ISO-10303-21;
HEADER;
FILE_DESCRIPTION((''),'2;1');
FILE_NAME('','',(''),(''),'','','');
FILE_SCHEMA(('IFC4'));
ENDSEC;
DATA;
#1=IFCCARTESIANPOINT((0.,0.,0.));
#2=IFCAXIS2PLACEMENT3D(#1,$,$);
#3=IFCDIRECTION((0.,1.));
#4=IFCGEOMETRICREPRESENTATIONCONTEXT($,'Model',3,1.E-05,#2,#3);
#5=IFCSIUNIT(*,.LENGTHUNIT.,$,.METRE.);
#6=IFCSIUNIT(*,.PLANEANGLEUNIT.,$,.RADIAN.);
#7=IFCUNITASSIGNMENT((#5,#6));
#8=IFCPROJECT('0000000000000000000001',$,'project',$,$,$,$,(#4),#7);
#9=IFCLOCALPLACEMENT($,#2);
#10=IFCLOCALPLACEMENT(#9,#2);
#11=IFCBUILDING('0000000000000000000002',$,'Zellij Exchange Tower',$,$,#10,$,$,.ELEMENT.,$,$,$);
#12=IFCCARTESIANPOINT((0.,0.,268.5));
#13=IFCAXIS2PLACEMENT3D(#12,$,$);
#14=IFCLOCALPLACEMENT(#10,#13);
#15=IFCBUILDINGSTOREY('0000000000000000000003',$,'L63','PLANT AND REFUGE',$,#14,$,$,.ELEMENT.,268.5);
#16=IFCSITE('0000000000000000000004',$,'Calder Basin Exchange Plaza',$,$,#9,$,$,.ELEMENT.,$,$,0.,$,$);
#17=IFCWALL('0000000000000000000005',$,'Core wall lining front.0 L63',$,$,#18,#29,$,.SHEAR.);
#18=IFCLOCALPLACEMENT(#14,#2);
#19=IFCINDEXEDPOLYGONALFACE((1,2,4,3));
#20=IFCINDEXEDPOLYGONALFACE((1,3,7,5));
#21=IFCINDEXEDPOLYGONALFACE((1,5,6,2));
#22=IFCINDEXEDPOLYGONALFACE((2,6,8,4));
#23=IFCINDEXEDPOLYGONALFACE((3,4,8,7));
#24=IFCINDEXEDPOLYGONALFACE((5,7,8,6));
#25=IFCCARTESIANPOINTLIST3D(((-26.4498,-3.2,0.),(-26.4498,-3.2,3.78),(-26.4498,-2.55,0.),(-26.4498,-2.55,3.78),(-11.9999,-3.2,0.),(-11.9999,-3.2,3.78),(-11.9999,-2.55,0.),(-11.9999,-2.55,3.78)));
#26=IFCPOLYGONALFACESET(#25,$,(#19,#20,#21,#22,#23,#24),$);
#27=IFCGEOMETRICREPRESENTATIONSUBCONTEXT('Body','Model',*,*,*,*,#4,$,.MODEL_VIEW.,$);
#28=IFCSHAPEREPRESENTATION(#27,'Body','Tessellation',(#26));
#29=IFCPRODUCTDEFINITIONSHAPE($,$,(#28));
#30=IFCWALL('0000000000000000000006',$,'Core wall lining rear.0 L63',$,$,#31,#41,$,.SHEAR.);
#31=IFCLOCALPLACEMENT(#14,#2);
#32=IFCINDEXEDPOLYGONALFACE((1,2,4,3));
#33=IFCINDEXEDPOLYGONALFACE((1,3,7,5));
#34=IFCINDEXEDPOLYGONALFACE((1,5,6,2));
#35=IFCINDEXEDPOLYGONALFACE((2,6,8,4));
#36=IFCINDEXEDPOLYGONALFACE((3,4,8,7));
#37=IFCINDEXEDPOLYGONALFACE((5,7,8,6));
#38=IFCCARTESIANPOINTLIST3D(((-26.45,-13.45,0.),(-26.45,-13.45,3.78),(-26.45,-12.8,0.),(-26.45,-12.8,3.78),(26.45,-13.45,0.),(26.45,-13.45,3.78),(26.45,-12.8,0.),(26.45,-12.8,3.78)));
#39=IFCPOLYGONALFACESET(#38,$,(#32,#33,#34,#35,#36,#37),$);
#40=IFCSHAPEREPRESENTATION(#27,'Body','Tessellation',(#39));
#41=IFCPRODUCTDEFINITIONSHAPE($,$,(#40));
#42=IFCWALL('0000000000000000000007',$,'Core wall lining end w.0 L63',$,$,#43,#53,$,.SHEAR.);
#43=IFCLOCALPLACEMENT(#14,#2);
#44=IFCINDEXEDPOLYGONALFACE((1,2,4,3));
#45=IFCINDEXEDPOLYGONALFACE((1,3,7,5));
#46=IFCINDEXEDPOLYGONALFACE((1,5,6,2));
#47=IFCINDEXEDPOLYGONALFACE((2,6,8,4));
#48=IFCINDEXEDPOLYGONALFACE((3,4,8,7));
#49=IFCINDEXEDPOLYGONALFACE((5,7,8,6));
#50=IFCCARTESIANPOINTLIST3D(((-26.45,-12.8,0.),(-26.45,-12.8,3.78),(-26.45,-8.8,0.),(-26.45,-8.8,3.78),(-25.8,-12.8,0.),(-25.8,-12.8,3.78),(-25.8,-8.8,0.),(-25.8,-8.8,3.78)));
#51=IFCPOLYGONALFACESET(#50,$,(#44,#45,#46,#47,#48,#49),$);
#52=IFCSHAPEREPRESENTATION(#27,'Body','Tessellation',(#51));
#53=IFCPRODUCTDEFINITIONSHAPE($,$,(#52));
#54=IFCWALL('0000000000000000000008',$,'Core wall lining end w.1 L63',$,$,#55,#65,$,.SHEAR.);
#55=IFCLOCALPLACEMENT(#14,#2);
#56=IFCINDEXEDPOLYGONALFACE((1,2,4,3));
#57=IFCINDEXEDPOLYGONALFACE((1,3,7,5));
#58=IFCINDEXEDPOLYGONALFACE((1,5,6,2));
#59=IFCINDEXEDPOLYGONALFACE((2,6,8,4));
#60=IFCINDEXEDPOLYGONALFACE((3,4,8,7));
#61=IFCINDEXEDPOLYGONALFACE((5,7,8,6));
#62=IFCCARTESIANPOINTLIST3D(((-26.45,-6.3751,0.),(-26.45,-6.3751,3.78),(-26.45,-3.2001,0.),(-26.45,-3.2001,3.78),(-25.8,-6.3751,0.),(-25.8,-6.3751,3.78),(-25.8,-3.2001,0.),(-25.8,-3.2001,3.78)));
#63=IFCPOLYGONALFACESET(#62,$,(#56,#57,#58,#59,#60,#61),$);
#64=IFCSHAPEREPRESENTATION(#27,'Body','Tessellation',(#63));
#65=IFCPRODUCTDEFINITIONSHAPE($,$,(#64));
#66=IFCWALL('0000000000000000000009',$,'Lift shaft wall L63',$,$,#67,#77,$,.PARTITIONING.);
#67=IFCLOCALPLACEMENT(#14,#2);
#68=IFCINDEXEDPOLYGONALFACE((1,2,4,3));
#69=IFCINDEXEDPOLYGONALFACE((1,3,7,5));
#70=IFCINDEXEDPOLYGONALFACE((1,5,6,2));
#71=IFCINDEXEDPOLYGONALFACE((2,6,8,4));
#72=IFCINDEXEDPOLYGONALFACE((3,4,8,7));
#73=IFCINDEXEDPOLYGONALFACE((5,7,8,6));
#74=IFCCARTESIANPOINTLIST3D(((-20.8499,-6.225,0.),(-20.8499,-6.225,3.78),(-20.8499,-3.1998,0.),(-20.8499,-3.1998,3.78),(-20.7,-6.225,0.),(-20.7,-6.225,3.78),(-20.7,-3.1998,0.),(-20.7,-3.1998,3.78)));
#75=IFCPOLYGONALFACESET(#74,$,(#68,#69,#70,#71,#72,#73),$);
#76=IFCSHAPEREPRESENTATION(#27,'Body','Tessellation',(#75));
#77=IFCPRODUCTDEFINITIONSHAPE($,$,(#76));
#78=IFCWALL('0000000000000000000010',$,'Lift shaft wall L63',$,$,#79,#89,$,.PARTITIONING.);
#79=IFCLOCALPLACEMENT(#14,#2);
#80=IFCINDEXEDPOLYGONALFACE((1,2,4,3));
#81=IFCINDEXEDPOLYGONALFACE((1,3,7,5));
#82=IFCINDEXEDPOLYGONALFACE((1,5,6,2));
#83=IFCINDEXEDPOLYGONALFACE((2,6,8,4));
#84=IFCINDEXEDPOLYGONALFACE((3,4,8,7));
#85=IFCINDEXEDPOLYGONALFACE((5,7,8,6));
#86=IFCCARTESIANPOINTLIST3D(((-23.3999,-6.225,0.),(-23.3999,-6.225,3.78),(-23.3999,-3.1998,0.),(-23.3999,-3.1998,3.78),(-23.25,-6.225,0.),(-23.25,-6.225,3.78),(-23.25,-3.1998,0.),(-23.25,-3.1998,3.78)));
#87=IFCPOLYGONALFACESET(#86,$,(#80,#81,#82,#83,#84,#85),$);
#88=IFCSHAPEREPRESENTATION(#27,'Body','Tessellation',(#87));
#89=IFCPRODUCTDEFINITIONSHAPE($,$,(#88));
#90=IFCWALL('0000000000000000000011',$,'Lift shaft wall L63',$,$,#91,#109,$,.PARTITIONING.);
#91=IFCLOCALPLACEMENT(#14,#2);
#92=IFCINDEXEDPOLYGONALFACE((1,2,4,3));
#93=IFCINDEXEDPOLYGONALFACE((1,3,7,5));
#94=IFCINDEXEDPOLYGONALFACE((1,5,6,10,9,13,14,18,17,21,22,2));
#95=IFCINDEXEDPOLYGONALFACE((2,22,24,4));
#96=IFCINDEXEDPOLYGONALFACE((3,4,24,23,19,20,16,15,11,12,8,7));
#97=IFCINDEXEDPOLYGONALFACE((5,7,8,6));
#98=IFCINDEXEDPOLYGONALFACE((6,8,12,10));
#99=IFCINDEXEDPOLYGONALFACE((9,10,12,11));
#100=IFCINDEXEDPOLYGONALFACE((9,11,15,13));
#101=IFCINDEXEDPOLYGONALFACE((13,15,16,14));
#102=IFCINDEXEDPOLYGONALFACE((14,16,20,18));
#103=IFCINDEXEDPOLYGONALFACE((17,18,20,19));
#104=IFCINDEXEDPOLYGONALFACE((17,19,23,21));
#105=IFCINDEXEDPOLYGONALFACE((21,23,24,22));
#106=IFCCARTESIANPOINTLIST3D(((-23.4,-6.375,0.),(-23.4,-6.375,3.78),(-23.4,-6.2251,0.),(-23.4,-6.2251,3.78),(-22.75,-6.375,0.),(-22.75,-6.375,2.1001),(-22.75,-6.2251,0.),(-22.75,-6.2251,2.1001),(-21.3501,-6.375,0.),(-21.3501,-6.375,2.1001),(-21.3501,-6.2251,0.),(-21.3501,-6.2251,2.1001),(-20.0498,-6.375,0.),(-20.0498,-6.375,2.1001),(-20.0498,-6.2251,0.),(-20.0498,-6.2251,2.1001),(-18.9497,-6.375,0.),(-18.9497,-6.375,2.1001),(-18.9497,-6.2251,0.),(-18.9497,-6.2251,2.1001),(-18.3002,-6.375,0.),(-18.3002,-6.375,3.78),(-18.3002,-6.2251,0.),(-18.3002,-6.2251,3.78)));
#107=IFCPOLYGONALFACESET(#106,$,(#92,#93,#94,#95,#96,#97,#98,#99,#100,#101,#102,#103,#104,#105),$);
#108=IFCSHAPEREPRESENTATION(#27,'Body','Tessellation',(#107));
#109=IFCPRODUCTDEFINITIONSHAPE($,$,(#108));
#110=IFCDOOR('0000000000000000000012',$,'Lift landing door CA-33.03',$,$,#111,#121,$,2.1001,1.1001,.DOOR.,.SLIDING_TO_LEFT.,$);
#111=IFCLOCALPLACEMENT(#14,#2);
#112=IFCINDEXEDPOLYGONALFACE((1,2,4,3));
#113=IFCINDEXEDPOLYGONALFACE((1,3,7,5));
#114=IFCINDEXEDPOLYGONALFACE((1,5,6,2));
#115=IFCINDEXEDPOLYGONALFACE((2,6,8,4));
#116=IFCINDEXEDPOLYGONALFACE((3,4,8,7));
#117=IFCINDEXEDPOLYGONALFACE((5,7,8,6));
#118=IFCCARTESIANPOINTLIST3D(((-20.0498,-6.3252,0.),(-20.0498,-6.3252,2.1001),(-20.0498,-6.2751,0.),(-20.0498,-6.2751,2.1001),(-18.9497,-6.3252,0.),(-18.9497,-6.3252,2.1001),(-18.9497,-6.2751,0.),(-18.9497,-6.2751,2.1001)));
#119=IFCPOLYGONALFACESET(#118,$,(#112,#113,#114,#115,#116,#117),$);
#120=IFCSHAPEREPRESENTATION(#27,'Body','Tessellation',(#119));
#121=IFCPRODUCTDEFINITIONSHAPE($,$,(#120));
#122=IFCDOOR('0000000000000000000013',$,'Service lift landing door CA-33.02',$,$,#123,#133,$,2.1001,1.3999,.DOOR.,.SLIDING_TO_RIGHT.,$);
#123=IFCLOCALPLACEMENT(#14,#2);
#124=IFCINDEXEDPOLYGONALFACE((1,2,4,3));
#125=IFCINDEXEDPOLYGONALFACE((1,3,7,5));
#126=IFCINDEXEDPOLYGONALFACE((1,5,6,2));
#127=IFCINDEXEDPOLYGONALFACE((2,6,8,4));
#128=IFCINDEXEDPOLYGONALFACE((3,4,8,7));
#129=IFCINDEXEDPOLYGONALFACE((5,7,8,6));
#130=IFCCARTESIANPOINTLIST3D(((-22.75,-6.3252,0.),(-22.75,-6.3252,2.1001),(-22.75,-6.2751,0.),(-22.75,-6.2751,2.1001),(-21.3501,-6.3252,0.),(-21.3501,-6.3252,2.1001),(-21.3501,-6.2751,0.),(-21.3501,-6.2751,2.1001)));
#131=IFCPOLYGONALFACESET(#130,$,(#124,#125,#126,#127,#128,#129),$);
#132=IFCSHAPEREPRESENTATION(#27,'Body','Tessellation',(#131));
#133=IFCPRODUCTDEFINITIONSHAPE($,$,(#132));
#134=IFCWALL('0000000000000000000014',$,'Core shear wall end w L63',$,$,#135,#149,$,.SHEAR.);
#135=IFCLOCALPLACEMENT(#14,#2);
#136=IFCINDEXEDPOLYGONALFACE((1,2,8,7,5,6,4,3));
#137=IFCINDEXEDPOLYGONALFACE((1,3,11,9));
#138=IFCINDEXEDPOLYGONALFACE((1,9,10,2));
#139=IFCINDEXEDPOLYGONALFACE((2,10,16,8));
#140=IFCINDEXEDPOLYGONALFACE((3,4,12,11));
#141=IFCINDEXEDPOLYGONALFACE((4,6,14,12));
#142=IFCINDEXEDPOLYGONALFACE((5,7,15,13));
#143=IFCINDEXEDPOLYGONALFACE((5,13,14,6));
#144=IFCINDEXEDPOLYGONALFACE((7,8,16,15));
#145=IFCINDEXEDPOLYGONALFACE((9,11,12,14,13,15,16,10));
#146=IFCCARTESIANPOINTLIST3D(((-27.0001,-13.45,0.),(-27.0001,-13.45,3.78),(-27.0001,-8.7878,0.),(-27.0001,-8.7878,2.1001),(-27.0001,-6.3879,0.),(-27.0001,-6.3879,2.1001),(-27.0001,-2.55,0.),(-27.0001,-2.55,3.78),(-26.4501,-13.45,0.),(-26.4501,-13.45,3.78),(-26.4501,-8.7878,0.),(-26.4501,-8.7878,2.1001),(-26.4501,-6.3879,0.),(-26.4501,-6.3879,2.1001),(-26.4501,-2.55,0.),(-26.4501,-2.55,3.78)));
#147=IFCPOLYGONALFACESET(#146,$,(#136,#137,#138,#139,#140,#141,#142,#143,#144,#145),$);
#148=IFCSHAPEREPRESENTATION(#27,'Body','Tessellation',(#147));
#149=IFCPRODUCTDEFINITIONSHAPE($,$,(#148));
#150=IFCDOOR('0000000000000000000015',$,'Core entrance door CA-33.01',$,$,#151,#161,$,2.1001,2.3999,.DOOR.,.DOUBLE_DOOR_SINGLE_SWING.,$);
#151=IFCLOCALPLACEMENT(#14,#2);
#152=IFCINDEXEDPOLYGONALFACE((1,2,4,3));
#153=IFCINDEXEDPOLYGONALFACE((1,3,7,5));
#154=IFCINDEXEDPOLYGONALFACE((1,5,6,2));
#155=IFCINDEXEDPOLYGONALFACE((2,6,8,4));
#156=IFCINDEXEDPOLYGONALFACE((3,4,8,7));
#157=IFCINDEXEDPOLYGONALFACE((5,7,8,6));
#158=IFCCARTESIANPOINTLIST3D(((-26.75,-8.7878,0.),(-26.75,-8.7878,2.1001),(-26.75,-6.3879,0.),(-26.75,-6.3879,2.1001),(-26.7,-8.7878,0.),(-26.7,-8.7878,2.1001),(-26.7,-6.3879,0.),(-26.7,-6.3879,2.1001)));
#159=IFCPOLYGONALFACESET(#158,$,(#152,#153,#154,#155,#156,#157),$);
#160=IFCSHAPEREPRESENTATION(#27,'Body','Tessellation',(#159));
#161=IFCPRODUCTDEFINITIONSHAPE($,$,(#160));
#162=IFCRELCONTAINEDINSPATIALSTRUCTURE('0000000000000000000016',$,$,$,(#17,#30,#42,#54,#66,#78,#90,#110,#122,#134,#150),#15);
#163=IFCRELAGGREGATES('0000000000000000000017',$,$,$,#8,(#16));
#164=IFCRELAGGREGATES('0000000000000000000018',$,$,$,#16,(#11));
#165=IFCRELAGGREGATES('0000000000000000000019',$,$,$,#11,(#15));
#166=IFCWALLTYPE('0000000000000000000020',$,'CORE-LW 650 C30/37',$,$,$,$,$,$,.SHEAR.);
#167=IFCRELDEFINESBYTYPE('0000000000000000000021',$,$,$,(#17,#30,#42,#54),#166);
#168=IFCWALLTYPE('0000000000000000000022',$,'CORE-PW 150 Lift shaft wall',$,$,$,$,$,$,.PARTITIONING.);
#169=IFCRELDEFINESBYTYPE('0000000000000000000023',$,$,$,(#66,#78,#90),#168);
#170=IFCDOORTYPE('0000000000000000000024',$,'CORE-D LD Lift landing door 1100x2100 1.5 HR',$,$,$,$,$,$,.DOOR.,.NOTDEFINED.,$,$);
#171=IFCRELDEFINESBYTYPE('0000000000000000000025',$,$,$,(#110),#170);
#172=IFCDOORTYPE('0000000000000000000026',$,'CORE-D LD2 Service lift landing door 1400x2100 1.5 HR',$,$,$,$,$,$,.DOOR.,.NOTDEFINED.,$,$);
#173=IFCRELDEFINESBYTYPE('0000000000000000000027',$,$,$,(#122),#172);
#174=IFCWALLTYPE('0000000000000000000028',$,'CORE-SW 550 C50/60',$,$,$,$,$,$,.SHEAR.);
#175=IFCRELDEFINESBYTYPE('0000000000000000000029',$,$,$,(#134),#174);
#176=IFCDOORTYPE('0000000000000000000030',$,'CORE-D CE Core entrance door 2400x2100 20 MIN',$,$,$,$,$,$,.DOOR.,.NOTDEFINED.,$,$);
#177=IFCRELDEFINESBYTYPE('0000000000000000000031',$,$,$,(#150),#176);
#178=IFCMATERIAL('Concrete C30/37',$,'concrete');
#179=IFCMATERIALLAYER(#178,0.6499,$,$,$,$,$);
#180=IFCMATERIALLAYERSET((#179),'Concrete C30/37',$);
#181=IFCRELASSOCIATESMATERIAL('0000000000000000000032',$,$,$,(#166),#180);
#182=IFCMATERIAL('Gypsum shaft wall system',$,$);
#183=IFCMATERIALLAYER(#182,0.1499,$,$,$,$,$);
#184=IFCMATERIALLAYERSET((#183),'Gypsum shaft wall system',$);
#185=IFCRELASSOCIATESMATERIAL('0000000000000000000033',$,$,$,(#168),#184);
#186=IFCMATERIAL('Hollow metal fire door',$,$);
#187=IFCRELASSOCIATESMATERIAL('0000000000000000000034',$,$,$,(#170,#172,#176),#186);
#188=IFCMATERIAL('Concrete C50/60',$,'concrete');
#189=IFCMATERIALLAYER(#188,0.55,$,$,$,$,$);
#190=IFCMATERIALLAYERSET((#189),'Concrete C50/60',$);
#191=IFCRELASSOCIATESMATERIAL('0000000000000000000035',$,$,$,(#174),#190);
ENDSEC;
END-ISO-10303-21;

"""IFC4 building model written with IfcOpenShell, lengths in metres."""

from ifc_helpers import new_model, si_unit, direction, frame, frame_2d, origin, place, context, subcontext, project, spatial, rectangle, extrude, material, layer, layer_set, type_object, element, fill, save


model = new_model("IFC4")

# Units and contexts
model_context = context("Model", 3, precision=1e-05, world=origin(), true_north=direction((0.0, 1.0)))
body_context = subcontext(model_context, "Body", "Model", "MODEL_VIEW")
ifc_project = project(units=[si_unit("LENGTHUNIT", "METRE"), si_unit("PLANEANGLEUNIT", "RADIAN")], contexts=[model_context])

# Site, building, storey
site_placement = place(None, origin())
site = spatial("IfcSite", under=ifc_project, at=site_placement, Name="Calder Basin Exchange Plaza", CompositionType="ELEMENT", RefElevation=0.0)
building_placement = place(site_placement, origin())
building = spatial("IfcBuilding", under=site, at=building_placement, Name="Zellij Exchange Tower", CompositionType="ELEMENT")
storey_placement = place(building_placement, frame((0.0, 0.0, 268.5)))
storey = spatial("IfcBuildingStorey", under=building, at=storey_placement, Name="L63", Description="PLANT AND REFUGE", CompositionType="ELEMENT", Elevation=268.5)

# Walls
ifc_material_1 = material(Name="Concrete C30/37", Category="concrete")
ifc_layer_1 = layer(ifc_material_1, 0.6499)
ifc_layer_set_1 = layer_set([ifc_layer_1], Name="Concrete C30/37")
wall_type_1 = type_object("IfcWallType", Name="CORE-LW 650 C30/37", PredefinedType="SHEAR", material=ifc_layer_set_1)
wall_1_placement = place(storey_placement, frame((-26.45, -2.875, 0.0), z_axis=(0.0, 0.0, 1.0), x_axis=(1.0, 0.0, 0.0)))
element("IfcWall", 1, at=wall_1_placement, inside=storey, type_object=wall_type_1, Name="Core wall lining front.0 L63", PredefinedType="SHEAR", context=body_context, shape_type="SweptSolid", body=[
    extrude(rectangle(XDim=14.45, YDim=0.6499, at=frame_2d((7.2251, 0.0))), origin(), (0.0, 0.0, 1.0), 3.78),
])
wall_2_placement = place(storey_placement, frame((-26.45, -13.125, 0.0), z_axis=(0.0, 0.0, 1.0), x_axis=(1.0, 0.0, 0.0)))
element("IfcWall", 2, at=wall_2_placement, inside=storey, type_object=wall_type_1, Name="Core wall lining rear.0 L63", PredefinedType="SHEAR", context=body_context, shape_type="SweptSolid", body=[
    extrude(rectangle(XDim=52.8999, YDim=0.6499, at=frame_2d((26.45, 0.0))), origin(), (0.0, 0.0, 1.0), 3.78),
])
wall_3_placement = place(storey_placement, frame((-26.125, -12.8, 0.0), z_axis=(0.0, 0.0, 1.0), x_axis=(0.0, 1.0, 0.0)))
element("IfcWall", 3, at=wall_3_placement, inside=storey, type_object=wall_type_1, Name="Core wall lining end w.0 L63", PredefinedType="SHEAR", context=body_context, shape_type="SweptSolid", body=[
    extrude(rectangle(XDim=4.0, YDim=0.6499, at=frame_2d((2.0, 0.0))), origin(), (0.0, 0.0, 1.0), 3.78),
])
wall_4_placement = place(storey_placement, frame((-26.125, -6.375, 0.0), z_axis=(0.0, 0.0, 1.0), x_axis=(0.0, 1.0, 0.0)))
element("IfcWall", 4, at=wall_4_placement, inside=storey, type_object=wall_type_1, Name="Core wall lining end w.1 L63", PredefinedType="SHEAR", context=body_context, shape_type="SweptSolid", body=[
    extrude(rectangle(XDim=3.175, YDim=0.6499, at=frame_2d((1.5874, 0.0))), origin(), (0.0, 0.0, 1.0), 3.78),
])
ifc_material_2 = material(Name="Gypsum shaft wall system")
ifc_layer_2 = layer(ifc_material_2, 0.1499)
ifc_layer_set_2 = layer_set([ifc_layer_2], Name="Gypsum shaft wall system")
wall_type_2 = type_object("IfcWallType", Name="CORE-PW 150 Lift shaft wall", PredefinedType="PARTITIONING", material=ifc_layer_set_2)
for number, where, z_axis, x_axis, name in (
    (5, (-20.7749, -6.2251, 0.0), (0.0, 0.0, 1.0), (0.0, 1.0, 0.0), "Lift shaft wall L63"),
    (6, (-23.325, -6.2251, 0.0), (0.0, 0.0, 1.0), (0.0, 1.0, 0.0), "Lift shaft wall L63"),
):
    element("IfcWall", number, at=place(storey_placement, frame(where, z_axis=z_axis, x_axis=x_axis)), inside=storey, type_object=wall_type_2, Name=name, PredefinedType="PARTITIONING", context=body_context, shape_type="SweptSolid", body=[
        extrude(rectangle(XDim=3.0251, YDim=0.1499, at=frame_2d((1.5127, 0.0))), origin(), (0.0, 0.0, 1.0), 3.78),
    ])

# Wall, openings, doors
wall_5_placement = place(storey_placement, frame((-23.3999, -6.3, 0.0), z_axis=(0.0, 0.0, 1.0), x_axis=(1.0, 0.0, 0.0)))
wall_5 = element("IfcWall", 7, at=wall_5_placement, inside=storey, type_object=wall_type_2, Name="Lift shaft wall L63", PredefinedType="PARTITIONING", context=body_context, shape_type="SweptSolid", body=[
    extrude(rectangle(XDim=5.0999, YDim=0.1499, at=frame_2d((2.5498, 0.0))), origin(), (0.0, 0.0, 1.0), 3.78),
])
opening_1_placement = place(wall_5_placement, frame((0.6499, 0.0, 0.0)))
opening_1 = element("IfcOpeningElement", 8, at=opening_1_placement, cuts=wall_5, PredefinedType="OPENING", context=body_context, shape_type="SweptSolid", body=[
    extrude(rectangle(XDim=1.3999, YDim=2.1001, at=frame_2d((0.7, 1.05))), frame((0.0, 0.0869, 0.0), z_axis=(0.0, -1.0, 0.0), x_axis=(1.0, 0.0, 0.0)), (0.0, 0.0, 1.0), 0.1738),
])
opening_2_placement = place(wall_5_placement, frame((3.3501, 0.0, 0.0)))
opening_2 = element("IfcOpeningElement", 9, at=opening_2_placement, cuts=wall_5, PredefinedType="OPENING", context=body_context, shape_type="SweptSolid", body=[
    extrude(rectangle(XDim=1.1001, YDim=2.1001, at=frame_2d((0.55, 1.05))), frame((0.0, 0.0869, 0.0), z_axis=(0.0, -1.0, 0.0), x_axis=(1.0, 0.0, 0.0)), (0.0, 0.0, 1.0), 0.1738),
])
ifc_material_3 = material(Name="Hollow metal fire door")
door_type_1 = type_object("IfcDoorType", Name="CORE-D LD Lift landing door 1100x2100 1.5 HR", OperationType="NOTDEFINED", PredefinedType="DOOR", material=ifc_material_3)
door_1_placement = place(opening_2_placement, origin())
door_1 = element("IfcDoor", 10, at=door_1_placement, inside=storey, type_object=door_type_1, Name="Lift landing door CA-33.03", OperationType="SLIDING_TO_LEFT", OverallHeight=2.1001, OverallWidth=1.1001, PredefinedType="DOOR", context=body_context, shape_type="SweptSolid", body=[
    extrude(rectangle(XDim=1.1001, YDim=2.1001, at=frame_2d((0.55, 1.05))), frame((0.0, 0.0249, 0.0), z_axis=(0.0, -1.0, 0.0), x_axis=(1.0, 0.0, 0.0)), (0.0, 0.0, 1.0), 0.05),
])
fill(opening_2, door_1)
door_type_2 = type_object("IfcDoorType", Name="CORE-D LD2 Service lift landing door 1400x2100 1.5 HR", OperationType="NOTDEFINED", PredefinedType="DOOR", material=ifc_material_3)
door_2_placement = place(opening_1_placement, origin())
door_2 = element("IfcDoor", 11, at=door_2_placement, inside=storey, type_object=door_type_2, Name="Service lift landing door CA-33.02", OperationType="SLIDING_TO_RIGHT", OverallHeight=2.1001, OverallWidth=1.3999, PredefinedType="DOOR", context=body_context, shape_type="SweptSolid", body=[
    extrude(rectangle(XDim=1.3999, YDim=2.1001, at=frame_2d((0.7, 1.05))), frame((0.0, 0.0249, 0.0), z_axis=(0.0, -1.0, 0.0), x_axis=(1.0, 0.0, 0.0)), (0.0, 0.0, 1.0), 0.05),
])
fill(opening_1, door_2)

# Wall, opening, door
ifc_material_4 = material(Name="Concrete C50/60", Category="concrete")
ifc_layer_3 = layer(ifc_material_4, 0.55)
ifc_layer_set_3 = layer_set([ifc_layer_3], Name="Concrete C50/60")
wall_type_3 = type_object("IfcWallType", Name="CORE-SW 550 C50/60", PredefinedType="SHEAR", material=ifc_layer_set_3)
wall_6_placement = place(storey_placement, frame((-26.7251, -13.45, 0.0), z_axis=(0.0, 0.0, 1.0), x_axis=(0.0, 1.0, 0.0)))
wall_6 = element("IfcWall", 12, at=wall_6_placement, inside=storey, type_object=wall_type_3, Name="Core shear wall end w L63", PredefinedType="SHEAR", context=body_context, shape_type="SweptSolid", body=[
    extrude(rectangle(XDim=10.8999, YDim=0.55, at=frame_2d((5.45, 0.0))), origin(), (0.0, 0.0, 1.0), 3.78),
])
opening_3_placement = place(wall_6_placement, frame((4.6621, 0.0, 0.0)))
opening_3 = element("IfcOpeningElement", 13, at=opening_3_placement, cuts=wall_6, PredefinedType="OPENING", context=body_context, shape_type="SweptSolid", body=[
    extrude(rectangle(XDim=2.3999, YDim=2.1001, at=frame_2d((1.2, 1.05))), frame((0.0, 0.2871, 0.0), z_axis=(0.0, -1.0, 0.0), x_axis=(1.0, 0.0, 0.0)), (0.0, 0.0, 1.0), 0.574),
])
door_type_3 = type_object("IfcDoorType", Name="CORE-D CE Core entrance door 2400x2100 20 MIN", OperationType="NOTDEFINED", PredefinedType="DOOR", material=ifc_material_3)
door_3_placement = place(opening_3_placement, origin())
door_3 = element("IfcDoor", 14, at=door_3_placement, inside=storey, type_object=door_type_3, Name="Core entrance door CA-33.01", OperationType="DOUBLE_DOOR_SINGLE_SWING", OverallHeight=2.1001, OverallWidth=2.3999, PredefinedType="DOOR", context=body_context, shape_type="SweptSolid", body=[
    extrude(rectangle(XDim=2.3999, YDim=2.1001, at=frame_2d((1.2, 1.05))), frame((0.0, 0.0249, 0.0), z_axis=(0.0, -1.0, 0.0), x_axis=(1.0, 0.0, 0.0)), (0.0, 0.0, 1.0), 0.05),
])
fill(opening_3, door_3)

save(model, "model.ifc")
